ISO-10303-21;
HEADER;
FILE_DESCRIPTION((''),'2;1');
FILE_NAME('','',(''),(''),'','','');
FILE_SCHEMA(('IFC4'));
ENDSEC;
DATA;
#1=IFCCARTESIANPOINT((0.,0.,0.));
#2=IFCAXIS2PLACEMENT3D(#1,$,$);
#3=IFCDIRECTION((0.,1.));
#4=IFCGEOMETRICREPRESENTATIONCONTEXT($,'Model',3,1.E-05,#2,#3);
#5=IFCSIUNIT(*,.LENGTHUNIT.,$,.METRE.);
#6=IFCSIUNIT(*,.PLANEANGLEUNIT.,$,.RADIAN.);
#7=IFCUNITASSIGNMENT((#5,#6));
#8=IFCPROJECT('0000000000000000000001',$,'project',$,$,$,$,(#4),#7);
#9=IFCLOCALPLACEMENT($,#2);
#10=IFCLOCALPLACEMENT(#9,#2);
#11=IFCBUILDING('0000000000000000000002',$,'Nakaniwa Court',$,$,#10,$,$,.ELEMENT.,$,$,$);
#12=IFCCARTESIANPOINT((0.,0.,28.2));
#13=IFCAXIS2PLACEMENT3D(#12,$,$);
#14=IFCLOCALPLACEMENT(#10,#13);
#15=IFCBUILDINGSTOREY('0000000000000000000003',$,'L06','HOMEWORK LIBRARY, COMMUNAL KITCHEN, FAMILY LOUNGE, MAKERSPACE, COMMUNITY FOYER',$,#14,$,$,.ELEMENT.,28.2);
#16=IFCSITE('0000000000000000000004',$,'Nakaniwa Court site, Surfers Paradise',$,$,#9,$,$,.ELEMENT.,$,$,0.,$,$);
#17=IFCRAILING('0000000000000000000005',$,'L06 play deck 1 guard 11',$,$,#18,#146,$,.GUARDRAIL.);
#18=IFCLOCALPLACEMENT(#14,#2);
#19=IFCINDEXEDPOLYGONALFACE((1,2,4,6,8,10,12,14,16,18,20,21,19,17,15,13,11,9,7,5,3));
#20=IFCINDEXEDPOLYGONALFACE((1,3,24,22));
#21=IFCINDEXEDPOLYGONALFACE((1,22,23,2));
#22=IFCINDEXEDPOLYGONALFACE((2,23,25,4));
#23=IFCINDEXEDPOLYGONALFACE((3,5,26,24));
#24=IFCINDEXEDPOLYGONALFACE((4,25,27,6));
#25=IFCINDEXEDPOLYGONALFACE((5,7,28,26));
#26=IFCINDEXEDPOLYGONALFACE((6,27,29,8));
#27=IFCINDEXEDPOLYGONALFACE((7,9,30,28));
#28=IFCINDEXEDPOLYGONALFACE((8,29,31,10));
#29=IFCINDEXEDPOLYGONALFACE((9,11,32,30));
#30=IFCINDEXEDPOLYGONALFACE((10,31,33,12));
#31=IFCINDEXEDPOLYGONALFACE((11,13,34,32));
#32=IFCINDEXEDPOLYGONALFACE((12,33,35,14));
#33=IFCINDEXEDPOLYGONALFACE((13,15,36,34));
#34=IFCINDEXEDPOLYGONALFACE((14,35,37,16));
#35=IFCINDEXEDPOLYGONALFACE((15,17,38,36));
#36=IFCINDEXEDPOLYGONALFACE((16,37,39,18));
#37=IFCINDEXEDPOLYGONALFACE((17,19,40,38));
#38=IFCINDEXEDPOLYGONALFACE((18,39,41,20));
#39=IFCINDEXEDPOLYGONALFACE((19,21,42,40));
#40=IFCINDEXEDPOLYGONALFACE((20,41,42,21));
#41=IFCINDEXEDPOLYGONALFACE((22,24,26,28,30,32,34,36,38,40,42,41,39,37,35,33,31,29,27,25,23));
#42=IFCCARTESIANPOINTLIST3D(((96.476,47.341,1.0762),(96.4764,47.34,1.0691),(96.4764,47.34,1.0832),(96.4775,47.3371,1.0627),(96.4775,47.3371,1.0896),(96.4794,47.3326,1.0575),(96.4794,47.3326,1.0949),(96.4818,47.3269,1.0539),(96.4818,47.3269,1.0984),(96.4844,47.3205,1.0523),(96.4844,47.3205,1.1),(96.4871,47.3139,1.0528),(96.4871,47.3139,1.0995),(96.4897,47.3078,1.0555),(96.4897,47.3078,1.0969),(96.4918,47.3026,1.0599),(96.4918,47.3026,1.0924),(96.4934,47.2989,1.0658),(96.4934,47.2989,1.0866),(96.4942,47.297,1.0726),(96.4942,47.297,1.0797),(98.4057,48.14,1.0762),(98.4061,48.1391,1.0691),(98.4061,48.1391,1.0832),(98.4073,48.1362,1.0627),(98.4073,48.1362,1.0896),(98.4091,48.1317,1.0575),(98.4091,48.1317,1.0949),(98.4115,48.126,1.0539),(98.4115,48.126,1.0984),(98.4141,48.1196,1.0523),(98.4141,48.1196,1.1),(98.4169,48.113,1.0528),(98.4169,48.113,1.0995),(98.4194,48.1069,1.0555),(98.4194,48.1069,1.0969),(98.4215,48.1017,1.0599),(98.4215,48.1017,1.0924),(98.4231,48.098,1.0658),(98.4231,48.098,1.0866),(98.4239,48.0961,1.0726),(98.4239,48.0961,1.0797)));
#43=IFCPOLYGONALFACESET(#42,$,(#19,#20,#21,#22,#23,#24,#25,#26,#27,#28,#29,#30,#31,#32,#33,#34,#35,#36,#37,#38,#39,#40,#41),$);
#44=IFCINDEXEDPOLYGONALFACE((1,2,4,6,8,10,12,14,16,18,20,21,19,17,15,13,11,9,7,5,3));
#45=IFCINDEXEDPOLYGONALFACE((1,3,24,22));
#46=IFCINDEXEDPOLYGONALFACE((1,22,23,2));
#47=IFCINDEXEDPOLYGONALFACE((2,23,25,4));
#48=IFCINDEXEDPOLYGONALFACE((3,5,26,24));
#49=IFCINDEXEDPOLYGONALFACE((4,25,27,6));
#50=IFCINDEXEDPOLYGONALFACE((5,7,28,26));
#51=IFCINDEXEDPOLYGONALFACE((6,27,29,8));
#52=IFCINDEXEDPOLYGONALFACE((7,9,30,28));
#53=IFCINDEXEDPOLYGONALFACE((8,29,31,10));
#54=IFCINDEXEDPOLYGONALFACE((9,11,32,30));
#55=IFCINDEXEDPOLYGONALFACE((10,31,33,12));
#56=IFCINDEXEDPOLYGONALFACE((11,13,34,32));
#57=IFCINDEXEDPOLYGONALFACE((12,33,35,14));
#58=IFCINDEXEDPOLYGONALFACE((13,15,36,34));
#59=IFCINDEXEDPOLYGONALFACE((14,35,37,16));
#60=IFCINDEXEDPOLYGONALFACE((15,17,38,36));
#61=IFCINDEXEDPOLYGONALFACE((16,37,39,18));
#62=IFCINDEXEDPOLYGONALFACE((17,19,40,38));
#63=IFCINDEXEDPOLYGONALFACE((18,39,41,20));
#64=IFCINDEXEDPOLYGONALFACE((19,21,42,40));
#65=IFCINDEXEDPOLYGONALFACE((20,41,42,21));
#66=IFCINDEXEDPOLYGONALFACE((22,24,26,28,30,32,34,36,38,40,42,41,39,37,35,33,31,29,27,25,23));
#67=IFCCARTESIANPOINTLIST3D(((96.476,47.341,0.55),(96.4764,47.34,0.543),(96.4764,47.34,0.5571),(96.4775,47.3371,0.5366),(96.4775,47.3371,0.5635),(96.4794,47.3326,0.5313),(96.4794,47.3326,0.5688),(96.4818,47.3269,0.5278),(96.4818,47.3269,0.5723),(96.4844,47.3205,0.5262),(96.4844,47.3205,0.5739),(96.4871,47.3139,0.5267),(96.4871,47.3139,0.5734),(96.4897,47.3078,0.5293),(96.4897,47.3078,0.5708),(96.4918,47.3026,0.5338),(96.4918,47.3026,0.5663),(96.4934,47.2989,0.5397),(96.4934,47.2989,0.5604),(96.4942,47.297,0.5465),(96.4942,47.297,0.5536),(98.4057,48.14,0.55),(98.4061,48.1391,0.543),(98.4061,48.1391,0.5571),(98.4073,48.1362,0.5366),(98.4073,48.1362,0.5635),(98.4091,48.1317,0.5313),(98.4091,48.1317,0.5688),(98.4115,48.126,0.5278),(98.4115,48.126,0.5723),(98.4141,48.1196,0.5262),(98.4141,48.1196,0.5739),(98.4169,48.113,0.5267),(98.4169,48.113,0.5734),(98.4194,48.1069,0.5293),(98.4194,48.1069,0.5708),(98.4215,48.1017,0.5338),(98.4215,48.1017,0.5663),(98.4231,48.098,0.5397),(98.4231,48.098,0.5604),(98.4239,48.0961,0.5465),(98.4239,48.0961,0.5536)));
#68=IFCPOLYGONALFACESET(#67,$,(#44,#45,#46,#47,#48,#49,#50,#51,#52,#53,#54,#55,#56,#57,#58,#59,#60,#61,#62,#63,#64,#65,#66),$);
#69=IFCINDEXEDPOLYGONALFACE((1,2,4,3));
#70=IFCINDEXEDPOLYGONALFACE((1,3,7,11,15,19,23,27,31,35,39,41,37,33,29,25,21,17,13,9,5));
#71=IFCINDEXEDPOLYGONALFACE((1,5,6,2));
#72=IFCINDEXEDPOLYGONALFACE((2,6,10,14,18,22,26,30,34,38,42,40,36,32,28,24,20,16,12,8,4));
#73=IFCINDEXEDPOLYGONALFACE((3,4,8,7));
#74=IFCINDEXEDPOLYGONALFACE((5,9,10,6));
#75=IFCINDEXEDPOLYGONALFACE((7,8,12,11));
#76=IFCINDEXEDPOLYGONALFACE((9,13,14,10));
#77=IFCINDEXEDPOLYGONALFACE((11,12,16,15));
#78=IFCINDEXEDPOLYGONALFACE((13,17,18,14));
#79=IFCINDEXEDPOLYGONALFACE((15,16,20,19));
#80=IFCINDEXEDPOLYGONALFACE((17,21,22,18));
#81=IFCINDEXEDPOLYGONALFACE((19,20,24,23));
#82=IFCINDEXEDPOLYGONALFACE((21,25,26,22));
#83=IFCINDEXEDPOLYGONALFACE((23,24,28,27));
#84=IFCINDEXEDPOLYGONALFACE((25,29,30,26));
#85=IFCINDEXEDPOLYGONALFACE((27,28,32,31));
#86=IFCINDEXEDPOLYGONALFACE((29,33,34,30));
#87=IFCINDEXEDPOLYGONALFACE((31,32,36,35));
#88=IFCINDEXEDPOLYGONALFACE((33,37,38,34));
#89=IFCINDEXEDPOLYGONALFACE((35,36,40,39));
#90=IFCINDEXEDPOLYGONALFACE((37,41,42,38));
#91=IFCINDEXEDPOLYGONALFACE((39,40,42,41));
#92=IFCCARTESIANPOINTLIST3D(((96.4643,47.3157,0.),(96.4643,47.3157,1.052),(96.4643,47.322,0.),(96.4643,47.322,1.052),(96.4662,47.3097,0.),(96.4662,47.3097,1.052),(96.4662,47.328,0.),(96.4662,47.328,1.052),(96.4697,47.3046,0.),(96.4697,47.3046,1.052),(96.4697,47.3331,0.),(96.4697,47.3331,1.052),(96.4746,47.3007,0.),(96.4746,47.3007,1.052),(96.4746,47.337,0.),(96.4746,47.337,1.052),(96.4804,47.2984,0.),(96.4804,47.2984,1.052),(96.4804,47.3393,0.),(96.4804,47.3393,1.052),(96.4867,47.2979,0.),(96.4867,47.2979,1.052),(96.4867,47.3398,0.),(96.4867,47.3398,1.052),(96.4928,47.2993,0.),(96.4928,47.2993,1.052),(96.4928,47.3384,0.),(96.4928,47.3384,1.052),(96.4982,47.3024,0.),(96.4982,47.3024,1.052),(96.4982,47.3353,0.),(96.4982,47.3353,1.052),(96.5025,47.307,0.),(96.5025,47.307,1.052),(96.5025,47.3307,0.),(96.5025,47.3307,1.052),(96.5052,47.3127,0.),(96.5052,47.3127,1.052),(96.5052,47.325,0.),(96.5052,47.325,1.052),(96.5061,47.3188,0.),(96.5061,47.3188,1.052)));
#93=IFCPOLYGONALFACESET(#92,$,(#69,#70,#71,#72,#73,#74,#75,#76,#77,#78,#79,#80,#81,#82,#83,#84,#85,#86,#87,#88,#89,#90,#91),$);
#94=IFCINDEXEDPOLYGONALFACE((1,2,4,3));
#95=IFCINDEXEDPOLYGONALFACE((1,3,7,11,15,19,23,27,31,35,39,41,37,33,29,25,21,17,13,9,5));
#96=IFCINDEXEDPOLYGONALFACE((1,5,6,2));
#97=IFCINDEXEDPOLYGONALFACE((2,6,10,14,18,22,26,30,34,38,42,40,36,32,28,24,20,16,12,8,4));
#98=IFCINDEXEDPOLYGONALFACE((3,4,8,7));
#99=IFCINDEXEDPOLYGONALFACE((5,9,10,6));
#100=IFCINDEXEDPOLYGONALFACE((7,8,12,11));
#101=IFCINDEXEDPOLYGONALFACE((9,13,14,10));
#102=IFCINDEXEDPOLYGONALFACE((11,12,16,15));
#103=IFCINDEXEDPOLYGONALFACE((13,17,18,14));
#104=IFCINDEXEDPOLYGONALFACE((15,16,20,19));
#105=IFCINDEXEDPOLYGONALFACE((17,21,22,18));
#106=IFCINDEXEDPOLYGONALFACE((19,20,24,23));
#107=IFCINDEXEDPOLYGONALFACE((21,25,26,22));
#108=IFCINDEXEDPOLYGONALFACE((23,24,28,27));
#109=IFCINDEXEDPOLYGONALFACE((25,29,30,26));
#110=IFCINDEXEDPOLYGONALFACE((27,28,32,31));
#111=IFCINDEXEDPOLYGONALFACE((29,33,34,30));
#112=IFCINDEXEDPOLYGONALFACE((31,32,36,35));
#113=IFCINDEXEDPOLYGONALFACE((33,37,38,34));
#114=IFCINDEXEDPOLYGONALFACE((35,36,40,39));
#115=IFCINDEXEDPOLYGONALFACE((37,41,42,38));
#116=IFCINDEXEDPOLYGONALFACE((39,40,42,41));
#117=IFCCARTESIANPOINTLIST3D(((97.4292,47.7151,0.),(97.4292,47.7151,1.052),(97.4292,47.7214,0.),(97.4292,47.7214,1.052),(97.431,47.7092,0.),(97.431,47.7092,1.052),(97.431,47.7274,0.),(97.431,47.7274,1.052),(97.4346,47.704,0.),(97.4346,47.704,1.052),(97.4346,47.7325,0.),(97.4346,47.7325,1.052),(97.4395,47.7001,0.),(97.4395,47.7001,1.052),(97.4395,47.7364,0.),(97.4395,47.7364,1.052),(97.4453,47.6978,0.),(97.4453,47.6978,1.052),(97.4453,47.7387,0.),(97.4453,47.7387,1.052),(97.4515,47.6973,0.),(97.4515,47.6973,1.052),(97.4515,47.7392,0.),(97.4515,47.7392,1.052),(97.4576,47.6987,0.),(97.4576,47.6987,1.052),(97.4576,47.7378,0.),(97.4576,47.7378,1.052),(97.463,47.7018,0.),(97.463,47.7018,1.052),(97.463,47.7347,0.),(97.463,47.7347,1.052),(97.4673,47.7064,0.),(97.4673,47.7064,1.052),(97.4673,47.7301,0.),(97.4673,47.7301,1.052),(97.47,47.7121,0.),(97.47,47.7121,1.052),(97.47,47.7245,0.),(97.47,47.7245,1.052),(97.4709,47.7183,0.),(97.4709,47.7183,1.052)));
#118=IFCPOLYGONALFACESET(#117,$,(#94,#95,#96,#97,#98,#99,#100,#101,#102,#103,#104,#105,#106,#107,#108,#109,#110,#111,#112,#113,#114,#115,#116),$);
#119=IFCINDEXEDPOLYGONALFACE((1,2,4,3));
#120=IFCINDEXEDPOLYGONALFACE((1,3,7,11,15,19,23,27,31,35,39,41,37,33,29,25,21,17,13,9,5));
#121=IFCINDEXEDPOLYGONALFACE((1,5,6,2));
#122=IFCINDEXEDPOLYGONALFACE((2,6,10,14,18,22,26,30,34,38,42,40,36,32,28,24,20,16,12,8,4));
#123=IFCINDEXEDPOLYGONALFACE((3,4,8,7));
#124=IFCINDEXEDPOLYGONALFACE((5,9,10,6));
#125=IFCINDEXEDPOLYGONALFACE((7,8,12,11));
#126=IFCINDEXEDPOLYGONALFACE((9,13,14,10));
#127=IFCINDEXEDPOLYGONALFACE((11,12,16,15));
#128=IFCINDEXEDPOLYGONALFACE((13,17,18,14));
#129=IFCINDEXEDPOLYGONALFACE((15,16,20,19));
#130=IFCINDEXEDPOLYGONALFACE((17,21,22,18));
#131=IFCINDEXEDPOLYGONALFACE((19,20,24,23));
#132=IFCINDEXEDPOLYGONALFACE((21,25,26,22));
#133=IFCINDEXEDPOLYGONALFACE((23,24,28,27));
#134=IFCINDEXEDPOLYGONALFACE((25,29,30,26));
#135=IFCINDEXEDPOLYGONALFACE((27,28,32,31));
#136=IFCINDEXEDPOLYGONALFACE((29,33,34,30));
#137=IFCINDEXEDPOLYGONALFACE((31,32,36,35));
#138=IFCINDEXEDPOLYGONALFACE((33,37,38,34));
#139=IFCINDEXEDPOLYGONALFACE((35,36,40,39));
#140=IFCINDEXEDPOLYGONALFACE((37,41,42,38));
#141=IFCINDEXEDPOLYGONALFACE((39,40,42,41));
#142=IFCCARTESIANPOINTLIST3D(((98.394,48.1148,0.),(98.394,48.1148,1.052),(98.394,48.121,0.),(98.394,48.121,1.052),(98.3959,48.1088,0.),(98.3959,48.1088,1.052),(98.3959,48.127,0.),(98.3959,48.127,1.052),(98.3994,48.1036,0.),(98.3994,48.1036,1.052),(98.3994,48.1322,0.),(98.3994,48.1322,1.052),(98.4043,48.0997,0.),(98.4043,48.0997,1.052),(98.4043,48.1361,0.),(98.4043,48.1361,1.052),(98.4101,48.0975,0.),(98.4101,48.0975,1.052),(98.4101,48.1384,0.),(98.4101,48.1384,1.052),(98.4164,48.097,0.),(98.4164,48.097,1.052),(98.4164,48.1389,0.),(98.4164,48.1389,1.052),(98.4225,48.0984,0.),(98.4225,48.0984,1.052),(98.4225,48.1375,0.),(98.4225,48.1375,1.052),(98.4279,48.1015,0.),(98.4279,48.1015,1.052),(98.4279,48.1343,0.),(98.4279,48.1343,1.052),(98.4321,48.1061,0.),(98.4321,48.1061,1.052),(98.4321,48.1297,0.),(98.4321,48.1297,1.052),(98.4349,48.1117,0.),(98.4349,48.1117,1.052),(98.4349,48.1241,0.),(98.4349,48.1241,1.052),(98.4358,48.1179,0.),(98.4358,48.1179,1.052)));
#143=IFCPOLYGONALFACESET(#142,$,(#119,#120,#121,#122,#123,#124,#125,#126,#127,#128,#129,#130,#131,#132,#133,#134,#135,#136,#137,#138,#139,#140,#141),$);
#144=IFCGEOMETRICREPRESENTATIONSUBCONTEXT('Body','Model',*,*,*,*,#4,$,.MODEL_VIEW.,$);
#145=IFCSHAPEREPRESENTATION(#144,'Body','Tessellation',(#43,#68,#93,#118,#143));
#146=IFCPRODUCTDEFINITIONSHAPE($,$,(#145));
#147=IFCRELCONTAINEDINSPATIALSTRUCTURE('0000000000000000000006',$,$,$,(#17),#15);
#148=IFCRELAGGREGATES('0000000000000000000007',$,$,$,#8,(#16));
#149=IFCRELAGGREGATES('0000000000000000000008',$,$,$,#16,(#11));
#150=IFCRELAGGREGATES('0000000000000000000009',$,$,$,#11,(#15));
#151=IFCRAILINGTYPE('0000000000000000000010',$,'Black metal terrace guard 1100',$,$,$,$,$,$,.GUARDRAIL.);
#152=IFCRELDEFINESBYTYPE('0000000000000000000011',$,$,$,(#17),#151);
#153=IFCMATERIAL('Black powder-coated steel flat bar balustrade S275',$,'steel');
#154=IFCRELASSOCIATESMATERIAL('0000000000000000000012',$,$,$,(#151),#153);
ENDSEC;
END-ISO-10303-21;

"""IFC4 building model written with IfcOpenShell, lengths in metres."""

from ifc_helpers import new_model, si_unit, direction, frame, origin, origin_2d, place, context, subcontext, project, spatial, circle, extrude, material, type_object, element, save


model = new_model("IFC4")

# Units and contexts
model_context = context("Model", 3, precision=1e-05, world=origin(), true_north=direction((0.0, 1.0)))
body_context = subcontext(model_context, "Body", "Model", "MODEL_VIEW")
ifc_project = project(units=[si_unit("LENGTHUNIT", "METRE"), si_unit("PLANEANGLEUNIT", "RADIAN")], contexts=[model_context])

# Site, building, storey
site_placement = place(None, origin())
site = spatial("IfcSite", under=ifc_project, at=site_placement, Name="Nakaniwa Court site, Surfers Paradise", CompositionType="ELEMENT", RefElevation=0.0)
building_placement = place(site_placement, origin())
building = spatial("IfcBuilding", under=site, at=building_placement, Name="Nakaniwa Court", CompositionType="ELEMENT")
storey_placement = place(building_placement, frame((0.0, 0.0, 28.2)))
storey = spatial("IfcBuildingStorey", under=building, at=storey_placement, Name="L06", Description="HOMEWORK LIBRARY, COMMUNAL KITCHEN, FAMILY LOUNGE, MAKERSPACE, COMMUNITY FOYER", CompositionType="ELEMENT", Elevation=28.2)

# Railing
ifc_material_1 = material(Name="Black powder-coated steel flat bar balustrade S275", Category="steel")
railing_type_1 = type_object("IfcRailingType", Name="Black metal terrace guard 1100", PredefinedType="GUARDRAIL", material=ifc_material_1)
railing_1_placement = place(storey_placement, frame((96.4851, 47.3188, 0.0)))
element("IfcRailing", 1, at=railing_1_placement, inside=storey, type_object=railing_type_1, Name="L06 play deck 1 guard 11", PredefinedType="GUARDRAIL", context=body_context, shape_type="SweptSolid", body=[
    extrude(circle(Radius=0.0239, at=origin_2d()), frame((0.0, 0.0, 1.0762), z_axis=(0.923919, 0.382589, 0.0), x_axis=(-0.382589, 0.923919, 0.0)), (0.0, 0.0, 1.0), 2.0886),
    extrude(circle(Radius=0.0239, at=origin_2d()), frame((0.0, 0.0, 0.55), z_axis=(0.923919, 0.382589, 0.0), x_axis=(-0.382589, 0.923919, 0.0)), (0.0, 0.0, 1.0), 2.0886),
    extrude(circle(Radius=0.021, at=origin_2d()), origin(), (0.0, 0.0, 1.0), 1.052),
    extrude(circle(Radius=0.021, at=origin_2d()), frame((0.9648, 0.3994, 0.0)), (0.0, 0.0, 1.0), 1.052),
    extrude(circle(Radius=0.021, at=origin_2d()), frame((1.9297, 0.7991, 0.0)), (0.0, 0.0, 1.0), 1.052),
])

save(model, "model.ifc")
